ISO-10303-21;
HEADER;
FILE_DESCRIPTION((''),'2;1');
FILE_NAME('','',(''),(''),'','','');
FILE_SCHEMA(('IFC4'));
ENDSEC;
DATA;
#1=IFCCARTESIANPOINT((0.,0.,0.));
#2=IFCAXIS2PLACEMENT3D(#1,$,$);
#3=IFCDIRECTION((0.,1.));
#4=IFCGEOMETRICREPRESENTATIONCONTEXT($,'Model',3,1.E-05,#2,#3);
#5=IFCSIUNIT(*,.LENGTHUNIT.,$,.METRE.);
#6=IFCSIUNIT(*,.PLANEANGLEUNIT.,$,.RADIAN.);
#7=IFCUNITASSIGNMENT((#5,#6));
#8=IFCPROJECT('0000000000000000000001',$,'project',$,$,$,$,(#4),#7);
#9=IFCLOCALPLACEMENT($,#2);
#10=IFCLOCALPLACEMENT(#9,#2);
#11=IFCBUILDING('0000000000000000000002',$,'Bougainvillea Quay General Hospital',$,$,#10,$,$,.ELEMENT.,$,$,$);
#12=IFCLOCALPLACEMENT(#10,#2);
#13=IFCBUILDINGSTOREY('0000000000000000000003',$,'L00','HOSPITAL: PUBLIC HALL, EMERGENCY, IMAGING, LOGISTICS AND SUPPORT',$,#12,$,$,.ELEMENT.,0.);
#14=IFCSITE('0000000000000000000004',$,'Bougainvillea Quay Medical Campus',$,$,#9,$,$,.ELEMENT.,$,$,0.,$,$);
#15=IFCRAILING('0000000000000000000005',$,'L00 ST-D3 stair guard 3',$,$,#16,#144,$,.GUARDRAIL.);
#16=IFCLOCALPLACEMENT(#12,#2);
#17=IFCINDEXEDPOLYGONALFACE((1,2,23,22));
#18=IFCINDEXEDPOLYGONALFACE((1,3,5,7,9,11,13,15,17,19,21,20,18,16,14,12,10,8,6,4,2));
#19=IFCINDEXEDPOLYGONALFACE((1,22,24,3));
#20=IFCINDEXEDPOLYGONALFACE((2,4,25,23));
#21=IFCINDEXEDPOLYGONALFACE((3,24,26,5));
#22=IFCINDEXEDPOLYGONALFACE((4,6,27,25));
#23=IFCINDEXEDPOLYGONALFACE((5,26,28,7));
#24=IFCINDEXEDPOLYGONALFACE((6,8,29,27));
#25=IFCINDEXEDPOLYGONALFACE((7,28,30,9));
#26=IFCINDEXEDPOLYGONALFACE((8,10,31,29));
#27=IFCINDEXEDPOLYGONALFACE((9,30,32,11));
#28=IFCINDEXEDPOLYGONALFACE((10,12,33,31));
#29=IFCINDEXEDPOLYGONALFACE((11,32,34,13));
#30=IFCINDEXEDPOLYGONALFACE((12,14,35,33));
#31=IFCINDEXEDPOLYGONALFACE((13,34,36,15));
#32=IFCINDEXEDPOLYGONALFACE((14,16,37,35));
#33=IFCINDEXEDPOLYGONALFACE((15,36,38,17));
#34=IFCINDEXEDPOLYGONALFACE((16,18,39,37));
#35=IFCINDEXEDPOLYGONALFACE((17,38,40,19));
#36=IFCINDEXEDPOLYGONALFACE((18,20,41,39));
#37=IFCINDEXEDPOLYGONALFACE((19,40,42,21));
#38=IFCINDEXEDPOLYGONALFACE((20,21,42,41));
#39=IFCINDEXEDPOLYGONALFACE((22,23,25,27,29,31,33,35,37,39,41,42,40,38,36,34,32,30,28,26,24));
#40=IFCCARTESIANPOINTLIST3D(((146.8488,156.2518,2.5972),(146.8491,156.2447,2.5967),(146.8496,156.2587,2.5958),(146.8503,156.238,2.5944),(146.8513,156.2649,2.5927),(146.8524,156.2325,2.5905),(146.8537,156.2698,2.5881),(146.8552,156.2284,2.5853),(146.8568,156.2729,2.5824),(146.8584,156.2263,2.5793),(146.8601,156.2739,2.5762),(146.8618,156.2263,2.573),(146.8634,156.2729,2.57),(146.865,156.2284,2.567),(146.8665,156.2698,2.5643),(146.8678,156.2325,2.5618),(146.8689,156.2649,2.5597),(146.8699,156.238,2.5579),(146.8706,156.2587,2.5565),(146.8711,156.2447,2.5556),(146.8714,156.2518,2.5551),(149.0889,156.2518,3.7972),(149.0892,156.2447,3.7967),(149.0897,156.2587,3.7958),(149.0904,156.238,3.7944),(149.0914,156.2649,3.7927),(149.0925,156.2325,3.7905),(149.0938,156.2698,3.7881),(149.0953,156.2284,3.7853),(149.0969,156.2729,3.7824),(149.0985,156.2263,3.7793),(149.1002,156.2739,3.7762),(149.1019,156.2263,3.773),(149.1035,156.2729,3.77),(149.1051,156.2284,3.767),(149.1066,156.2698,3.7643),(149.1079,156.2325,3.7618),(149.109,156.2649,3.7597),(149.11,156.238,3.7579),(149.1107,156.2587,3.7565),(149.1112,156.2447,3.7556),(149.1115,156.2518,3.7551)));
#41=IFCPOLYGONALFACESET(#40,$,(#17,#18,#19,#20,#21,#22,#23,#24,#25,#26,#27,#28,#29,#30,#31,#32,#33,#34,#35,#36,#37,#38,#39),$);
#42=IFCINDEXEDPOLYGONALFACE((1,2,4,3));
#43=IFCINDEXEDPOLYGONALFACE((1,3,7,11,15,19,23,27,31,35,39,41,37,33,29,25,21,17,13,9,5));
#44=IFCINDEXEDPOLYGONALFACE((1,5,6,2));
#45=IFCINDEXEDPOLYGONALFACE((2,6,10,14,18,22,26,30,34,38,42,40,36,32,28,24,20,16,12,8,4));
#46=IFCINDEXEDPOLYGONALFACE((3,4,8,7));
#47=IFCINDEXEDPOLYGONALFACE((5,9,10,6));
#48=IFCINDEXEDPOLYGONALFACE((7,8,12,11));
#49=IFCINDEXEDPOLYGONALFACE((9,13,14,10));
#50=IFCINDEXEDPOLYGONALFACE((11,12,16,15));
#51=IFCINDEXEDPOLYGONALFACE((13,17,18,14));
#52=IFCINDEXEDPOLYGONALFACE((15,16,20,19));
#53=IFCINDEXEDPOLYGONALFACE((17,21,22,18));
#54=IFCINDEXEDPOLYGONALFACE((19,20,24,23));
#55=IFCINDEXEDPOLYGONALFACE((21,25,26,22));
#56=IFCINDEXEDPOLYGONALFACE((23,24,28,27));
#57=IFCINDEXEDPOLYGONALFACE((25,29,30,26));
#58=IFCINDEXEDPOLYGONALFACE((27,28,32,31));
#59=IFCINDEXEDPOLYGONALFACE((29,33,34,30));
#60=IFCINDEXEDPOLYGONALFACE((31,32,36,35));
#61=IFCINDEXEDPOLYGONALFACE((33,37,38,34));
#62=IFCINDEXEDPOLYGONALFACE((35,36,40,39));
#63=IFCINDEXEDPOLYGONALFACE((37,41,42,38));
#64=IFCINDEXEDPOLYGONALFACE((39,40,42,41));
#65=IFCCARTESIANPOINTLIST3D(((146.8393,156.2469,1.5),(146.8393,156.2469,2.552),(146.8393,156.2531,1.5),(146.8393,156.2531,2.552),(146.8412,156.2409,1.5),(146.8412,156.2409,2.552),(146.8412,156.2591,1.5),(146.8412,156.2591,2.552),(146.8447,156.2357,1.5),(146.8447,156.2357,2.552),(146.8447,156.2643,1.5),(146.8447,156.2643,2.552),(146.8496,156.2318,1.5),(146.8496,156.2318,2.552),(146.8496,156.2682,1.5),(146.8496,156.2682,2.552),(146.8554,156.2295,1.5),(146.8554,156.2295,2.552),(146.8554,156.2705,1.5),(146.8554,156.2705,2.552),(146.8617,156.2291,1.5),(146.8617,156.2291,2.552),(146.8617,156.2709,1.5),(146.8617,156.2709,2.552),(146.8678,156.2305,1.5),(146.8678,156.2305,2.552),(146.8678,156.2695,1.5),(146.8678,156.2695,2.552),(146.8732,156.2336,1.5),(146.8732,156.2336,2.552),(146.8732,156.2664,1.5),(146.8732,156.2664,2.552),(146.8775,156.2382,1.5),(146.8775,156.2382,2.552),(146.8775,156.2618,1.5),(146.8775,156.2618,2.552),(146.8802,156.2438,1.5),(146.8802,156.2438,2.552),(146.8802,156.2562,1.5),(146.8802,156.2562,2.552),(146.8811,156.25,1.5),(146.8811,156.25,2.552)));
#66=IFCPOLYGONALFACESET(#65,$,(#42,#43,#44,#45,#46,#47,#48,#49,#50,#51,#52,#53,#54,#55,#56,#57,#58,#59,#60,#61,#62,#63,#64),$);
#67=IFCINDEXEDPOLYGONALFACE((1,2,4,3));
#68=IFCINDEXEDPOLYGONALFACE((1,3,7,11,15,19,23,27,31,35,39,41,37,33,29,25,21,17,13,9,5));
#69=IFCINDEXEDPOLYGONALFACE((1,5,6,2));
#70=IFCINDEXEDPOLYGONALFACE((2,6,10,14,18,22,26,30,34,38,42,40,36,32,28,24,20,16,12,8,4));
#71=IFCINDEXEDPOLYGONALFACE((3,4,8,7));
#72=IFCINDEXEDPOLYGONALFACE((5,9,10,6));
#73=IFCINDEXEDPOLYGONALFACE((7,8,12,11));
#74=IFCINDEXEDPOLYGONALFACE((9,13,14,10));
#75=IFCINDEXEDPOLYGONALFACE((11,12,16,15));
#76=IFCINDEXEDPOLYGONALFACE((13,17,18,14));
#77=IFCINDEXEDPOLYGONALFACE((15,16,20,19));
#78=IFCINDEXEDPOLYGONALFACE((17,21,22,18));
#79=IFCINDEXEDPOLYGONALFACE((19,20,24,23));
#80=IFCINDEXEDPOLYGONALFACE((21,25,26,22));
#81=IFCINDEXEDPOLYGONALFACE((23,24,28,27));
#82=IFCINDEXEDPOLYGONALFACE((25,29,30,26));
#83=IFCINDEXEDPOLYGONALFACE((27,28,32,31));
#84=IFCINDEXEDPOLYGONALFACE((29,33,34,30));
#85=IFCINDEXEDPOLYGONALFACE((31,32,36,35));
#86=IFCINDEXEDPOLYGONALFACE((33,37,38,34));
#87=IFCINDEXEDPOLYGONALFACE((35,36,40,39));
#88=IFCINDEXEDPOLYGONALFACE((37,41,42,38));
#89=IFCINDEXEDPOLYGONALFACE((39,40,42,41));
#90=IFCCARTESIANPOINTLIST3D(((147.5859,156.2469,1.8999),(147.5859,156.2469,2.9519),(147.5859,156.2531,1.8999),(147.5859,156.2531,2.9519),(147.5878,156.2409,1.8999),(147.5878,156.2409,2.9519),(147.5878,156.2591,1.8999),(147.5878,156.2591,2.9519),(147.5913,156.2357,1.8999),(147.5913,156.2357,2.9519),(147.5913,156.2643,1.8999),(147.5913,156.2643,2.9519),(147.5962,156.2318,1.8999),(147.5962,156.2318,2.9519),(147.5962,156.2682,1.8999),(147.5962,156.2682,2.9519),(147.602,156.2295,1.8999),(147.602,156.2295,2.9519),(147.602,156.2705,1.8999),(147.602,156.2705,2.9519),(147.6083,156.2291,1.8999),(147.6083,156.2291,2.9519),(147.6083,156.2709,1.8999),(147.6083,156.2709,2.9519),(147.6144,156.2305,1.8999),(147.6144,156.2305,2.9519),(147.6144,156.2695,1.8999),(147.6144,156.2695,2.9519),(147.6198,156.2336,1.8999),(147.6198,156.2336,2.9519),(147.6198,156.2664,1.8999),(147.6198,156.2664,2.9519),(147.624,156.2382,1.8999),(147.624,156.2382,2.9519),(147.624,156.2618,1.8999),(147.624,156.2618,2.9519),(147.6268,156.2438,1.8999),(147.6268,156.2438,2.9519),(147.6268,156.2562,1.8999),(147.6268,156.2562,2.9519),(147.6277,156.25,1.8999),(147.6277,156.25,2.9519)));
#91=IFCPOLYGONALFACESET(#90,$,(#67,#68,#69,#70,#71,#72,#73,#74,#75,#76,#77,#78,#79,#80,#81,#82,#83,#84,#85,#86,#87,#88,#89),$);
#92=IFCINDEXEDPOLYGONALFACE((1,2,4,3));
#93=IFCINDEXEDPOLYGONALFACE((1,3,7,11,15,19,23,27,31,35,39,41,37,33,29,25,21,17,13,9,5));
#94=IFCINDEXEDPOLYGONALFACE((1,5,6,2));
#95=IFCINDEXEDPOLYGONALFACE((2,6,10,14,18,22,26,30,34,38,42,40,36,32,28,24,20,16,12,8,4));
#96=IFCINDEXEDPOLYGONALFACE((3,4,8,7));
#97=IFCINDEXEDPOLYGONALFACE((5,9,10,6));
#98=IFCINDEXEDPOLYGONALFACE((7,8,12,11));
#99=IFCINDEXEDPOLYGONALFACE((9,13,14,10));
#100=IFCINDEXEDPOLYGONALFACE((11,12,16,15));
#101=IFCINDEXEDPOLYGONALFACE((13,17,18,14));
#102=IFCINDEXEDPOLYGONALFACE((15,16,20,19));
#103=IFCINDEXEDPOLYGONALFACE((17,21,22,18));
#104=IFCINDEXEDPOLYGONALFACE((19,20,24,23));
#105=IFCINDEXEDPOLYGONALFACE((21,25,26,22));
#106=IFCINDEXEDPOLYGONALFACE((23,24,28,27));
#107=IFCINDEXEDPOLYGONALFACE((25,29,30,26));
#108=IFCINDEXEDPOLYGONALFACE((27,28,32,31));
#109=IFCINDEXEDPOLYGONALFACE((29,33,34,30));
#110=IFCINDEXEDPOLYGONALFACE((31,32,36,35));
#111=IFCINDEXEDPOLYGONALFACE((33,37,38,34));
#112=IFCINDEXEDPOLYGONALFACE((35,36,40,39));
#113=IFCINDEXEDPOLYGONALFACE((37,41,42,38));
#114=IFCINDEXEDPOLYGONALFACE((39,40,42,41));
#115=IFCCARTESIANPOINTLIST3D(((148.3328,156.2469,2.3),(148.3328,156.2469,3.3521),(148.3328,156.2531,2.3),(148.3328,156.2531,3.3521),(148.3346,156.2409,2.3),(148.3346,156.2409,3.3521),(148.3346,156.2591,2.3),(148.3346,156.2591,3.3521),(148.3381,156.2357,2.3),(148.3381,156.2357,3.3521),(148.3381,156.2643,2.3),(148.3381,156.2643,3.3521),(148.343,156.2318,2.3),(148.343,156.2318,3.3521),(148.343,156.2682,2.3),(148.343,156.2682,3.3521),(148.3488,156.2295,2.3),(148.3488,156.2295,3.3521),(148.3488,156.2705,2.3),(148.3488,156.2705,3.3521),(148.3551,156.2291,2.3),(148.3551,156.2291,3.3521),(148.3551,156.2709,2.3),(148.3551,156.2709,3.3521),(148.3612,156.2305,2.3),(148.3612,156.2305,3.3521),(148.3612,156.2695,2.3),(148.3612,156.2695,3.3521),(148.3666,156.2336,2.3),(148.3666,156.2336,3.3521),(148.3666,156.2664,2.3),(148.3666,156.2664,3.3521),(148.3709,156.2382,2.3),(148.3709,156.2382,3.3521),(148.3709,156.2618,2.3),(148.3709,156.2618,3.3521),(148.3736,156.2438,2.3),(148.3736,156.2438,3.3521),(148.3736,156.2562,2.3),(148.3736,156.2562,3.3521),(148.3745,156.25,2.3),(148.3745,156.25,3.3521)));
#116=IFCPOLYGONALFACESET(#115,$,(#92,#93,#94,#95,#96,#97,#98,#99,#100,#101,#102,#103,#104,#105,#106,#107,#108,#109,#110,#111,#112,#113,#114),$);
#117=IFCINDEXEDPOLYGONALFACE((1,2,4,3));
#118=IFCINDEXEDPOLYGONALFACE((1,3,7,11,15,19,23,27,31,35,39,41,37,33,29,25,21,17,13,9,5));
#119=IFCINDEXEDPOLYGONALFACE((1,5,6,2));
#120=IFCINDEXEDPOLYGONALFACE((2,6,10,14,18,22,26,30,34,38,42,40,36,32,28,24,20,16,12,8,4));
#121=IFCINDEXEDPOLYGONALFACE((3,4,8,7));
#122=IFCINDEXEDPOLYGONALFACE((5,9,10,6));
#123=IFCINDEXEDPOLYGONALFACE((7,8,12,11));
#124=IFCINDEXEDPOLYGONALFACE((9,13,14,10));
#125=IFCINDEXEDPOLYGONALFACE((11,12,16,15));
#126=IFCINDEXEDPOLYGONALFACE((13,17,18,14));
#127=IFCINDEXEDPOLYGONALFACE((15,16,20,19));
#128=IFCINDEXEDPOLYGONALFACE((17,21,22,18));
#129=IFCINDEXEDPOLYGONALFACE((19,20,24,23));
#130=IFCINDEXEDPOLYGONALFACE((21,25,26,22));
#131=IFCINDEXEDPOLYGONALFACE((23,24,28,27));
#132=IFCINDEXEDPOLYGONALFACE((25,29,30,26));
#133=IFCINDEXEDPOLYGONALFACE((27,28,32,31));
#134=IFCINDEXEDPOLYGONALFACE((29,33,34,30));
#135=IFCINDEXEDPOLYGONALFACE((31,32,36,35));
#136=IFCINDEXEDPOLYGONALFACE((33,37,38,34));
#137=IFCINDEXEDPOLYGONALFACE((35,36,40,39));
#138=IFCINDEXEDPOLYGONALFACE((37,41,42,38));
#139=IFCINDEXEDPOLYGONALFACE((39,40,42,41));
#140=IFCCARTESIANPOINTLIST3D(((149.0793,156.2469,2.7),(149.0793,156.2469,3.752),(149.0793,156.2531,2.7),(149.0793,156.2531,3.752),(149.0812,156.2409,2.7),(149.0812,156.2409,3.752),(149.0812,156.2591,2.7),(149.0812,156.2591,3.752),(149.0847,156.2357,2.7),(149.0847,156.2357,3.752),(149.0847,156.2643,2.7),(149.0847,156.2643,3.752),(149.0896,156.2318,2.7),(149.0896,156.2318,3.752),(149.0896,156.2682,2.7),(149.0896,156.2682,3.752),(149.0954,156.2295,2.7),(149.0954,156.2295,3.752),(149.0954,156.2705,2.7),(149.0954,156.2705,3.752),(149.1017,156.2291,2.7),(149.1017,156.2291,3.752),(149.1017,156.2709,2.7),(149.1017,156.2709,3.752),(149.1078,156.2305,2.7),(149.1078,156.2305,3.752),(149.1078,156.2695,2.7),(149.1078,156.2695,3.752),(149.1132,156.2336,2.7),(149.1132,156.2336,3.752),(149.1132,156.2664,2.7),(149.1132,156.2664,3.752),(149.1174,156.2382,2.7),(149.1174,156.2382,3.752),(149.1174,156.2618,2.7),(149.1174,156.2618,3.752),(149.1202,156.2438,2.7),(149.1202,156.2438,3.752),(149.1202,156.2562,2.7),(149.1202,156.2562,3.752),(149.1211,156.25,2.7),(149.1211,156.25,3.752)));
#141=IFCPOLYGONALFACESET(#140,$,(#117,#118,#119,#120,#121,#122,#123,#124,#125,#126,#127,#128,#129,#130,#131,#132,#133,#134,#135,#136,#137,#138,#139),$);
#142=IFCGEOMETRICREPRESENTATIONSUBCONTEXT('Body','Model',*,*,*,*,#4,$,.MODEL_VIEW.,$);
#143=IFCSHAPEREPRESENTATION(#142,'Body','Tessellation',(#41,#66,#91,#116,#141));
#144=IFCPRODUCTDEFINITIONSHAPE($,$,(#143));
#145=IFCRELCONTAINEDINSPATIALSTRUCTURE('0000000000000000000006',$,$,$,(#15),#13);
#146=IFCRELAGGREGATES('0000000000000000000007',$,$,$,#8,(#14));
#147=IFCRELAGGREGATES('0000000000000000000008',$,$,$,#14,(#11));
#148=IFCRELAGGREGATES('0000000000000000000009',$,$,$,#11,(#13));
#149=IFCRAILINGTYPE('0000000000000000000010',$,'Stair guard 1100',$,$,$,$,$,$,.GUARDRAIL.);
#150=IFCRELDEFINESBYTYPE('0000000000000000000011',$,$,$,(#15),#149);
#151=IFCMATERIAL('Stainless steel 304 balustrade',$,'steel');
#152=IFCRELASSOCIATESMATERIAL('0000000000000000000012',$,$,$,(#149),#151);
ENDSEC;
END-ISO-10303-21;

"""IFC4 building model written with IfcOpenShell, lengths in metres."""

from ifc_helpers import new_model, si_unit, direction, frame, origin, origin_2d, place, context, subcontext, project, spatial, circle, extrude, material, type_object, element, save


model = new_model("IFC4")

# Units and contexts
model_context = context("Model", 3, precision=1e-05, world=origin(), true_north=direction((0.0, 1.0)))
body_context = subcontext(model_context, "Body", "Model", "MODEL_VIEW")
ifc_project = project(units=[si_unit("LENGTHUNIT", "METRE"), si_unit("PLANEANGLEUNIT", "RADIAN")], contexts=[model_context])

# Site, building, storey
site_placement = place(None, origin())
site = spatial("IfcSite", under=ifc_project, at=site_placement, Name="Bougainvillea Quay Medical Campus", CompositionType="ELEMENT", RefElevation=0.0)
building_placement = place(site_placement, origin())
building = spatial("IfcBuilding", under=site, at=building_placement, Name="Bougainvillea Quay General Hospital", CompositionType="ELEMENT")
storey_placement = place(building_placement, origin())
storey = spatial("IfcBuildingStorey", under=building, at=storey_placement, Name="L00", Description="HOSPITAL: PUBLIC HALL, EMERGENCY, IMAGING, LOGISTICS AND SUPPORT", CompositionType="ELEMENT", Elevation=0.0)

# Railing
ifc_material_1 = material(Name="Stainless steel 304 balustrade", Category="steel")
railing_type_1 = type_object("IfcRailingType", Name="Stair guard 1100", PredefinedType="GUARDRAIL", material=ifc_material_1)
railing_1_placement = place(storey_placement, frame((146.8601, 156.25, 1.5)))
element("IfcRailing", 1, at=railing_1_placement, inside=storey, type_object=railing_type_1, Name="L00 ST-D3 stair guard 3", PredefinedType="GUARDRAIL", context=body_context, shape_type="SweptSolid", body=[
    extrude(circle(Radius=0.0239, at=origin_2d()), frame((0.0, 0.0, 1.0762), z_axis=(0.881487, 0.0, 0.472208), x_axis=(0.0, 1.0, 0.0)), (0.0, 0.0, 1.0), 2.5413),
    extrude(circle(Radius=0.021, at=origin_2d()), origin(), (0.0, 0.0, 1.0), 1.052),
    extrude(circle(Radius=0.021, at=origin_2d()), frame((0.7466, 0.0, 0.3999)), (0.0, 0.0, 1.0), 1.052),
    extrude(circle(Radius=0.021, at=origin_2d()), frame((1.4934, 0.0, 0.8)), (0.0, 0.0, 1.0), 1.052),
    extrude(circle(Radius=0.021, at=origin_2d()), frame((2.24, 0.0, 1.2)), (0.0, 0.0, 1.0), 1.052),
])

save(model, "model.ifc")
